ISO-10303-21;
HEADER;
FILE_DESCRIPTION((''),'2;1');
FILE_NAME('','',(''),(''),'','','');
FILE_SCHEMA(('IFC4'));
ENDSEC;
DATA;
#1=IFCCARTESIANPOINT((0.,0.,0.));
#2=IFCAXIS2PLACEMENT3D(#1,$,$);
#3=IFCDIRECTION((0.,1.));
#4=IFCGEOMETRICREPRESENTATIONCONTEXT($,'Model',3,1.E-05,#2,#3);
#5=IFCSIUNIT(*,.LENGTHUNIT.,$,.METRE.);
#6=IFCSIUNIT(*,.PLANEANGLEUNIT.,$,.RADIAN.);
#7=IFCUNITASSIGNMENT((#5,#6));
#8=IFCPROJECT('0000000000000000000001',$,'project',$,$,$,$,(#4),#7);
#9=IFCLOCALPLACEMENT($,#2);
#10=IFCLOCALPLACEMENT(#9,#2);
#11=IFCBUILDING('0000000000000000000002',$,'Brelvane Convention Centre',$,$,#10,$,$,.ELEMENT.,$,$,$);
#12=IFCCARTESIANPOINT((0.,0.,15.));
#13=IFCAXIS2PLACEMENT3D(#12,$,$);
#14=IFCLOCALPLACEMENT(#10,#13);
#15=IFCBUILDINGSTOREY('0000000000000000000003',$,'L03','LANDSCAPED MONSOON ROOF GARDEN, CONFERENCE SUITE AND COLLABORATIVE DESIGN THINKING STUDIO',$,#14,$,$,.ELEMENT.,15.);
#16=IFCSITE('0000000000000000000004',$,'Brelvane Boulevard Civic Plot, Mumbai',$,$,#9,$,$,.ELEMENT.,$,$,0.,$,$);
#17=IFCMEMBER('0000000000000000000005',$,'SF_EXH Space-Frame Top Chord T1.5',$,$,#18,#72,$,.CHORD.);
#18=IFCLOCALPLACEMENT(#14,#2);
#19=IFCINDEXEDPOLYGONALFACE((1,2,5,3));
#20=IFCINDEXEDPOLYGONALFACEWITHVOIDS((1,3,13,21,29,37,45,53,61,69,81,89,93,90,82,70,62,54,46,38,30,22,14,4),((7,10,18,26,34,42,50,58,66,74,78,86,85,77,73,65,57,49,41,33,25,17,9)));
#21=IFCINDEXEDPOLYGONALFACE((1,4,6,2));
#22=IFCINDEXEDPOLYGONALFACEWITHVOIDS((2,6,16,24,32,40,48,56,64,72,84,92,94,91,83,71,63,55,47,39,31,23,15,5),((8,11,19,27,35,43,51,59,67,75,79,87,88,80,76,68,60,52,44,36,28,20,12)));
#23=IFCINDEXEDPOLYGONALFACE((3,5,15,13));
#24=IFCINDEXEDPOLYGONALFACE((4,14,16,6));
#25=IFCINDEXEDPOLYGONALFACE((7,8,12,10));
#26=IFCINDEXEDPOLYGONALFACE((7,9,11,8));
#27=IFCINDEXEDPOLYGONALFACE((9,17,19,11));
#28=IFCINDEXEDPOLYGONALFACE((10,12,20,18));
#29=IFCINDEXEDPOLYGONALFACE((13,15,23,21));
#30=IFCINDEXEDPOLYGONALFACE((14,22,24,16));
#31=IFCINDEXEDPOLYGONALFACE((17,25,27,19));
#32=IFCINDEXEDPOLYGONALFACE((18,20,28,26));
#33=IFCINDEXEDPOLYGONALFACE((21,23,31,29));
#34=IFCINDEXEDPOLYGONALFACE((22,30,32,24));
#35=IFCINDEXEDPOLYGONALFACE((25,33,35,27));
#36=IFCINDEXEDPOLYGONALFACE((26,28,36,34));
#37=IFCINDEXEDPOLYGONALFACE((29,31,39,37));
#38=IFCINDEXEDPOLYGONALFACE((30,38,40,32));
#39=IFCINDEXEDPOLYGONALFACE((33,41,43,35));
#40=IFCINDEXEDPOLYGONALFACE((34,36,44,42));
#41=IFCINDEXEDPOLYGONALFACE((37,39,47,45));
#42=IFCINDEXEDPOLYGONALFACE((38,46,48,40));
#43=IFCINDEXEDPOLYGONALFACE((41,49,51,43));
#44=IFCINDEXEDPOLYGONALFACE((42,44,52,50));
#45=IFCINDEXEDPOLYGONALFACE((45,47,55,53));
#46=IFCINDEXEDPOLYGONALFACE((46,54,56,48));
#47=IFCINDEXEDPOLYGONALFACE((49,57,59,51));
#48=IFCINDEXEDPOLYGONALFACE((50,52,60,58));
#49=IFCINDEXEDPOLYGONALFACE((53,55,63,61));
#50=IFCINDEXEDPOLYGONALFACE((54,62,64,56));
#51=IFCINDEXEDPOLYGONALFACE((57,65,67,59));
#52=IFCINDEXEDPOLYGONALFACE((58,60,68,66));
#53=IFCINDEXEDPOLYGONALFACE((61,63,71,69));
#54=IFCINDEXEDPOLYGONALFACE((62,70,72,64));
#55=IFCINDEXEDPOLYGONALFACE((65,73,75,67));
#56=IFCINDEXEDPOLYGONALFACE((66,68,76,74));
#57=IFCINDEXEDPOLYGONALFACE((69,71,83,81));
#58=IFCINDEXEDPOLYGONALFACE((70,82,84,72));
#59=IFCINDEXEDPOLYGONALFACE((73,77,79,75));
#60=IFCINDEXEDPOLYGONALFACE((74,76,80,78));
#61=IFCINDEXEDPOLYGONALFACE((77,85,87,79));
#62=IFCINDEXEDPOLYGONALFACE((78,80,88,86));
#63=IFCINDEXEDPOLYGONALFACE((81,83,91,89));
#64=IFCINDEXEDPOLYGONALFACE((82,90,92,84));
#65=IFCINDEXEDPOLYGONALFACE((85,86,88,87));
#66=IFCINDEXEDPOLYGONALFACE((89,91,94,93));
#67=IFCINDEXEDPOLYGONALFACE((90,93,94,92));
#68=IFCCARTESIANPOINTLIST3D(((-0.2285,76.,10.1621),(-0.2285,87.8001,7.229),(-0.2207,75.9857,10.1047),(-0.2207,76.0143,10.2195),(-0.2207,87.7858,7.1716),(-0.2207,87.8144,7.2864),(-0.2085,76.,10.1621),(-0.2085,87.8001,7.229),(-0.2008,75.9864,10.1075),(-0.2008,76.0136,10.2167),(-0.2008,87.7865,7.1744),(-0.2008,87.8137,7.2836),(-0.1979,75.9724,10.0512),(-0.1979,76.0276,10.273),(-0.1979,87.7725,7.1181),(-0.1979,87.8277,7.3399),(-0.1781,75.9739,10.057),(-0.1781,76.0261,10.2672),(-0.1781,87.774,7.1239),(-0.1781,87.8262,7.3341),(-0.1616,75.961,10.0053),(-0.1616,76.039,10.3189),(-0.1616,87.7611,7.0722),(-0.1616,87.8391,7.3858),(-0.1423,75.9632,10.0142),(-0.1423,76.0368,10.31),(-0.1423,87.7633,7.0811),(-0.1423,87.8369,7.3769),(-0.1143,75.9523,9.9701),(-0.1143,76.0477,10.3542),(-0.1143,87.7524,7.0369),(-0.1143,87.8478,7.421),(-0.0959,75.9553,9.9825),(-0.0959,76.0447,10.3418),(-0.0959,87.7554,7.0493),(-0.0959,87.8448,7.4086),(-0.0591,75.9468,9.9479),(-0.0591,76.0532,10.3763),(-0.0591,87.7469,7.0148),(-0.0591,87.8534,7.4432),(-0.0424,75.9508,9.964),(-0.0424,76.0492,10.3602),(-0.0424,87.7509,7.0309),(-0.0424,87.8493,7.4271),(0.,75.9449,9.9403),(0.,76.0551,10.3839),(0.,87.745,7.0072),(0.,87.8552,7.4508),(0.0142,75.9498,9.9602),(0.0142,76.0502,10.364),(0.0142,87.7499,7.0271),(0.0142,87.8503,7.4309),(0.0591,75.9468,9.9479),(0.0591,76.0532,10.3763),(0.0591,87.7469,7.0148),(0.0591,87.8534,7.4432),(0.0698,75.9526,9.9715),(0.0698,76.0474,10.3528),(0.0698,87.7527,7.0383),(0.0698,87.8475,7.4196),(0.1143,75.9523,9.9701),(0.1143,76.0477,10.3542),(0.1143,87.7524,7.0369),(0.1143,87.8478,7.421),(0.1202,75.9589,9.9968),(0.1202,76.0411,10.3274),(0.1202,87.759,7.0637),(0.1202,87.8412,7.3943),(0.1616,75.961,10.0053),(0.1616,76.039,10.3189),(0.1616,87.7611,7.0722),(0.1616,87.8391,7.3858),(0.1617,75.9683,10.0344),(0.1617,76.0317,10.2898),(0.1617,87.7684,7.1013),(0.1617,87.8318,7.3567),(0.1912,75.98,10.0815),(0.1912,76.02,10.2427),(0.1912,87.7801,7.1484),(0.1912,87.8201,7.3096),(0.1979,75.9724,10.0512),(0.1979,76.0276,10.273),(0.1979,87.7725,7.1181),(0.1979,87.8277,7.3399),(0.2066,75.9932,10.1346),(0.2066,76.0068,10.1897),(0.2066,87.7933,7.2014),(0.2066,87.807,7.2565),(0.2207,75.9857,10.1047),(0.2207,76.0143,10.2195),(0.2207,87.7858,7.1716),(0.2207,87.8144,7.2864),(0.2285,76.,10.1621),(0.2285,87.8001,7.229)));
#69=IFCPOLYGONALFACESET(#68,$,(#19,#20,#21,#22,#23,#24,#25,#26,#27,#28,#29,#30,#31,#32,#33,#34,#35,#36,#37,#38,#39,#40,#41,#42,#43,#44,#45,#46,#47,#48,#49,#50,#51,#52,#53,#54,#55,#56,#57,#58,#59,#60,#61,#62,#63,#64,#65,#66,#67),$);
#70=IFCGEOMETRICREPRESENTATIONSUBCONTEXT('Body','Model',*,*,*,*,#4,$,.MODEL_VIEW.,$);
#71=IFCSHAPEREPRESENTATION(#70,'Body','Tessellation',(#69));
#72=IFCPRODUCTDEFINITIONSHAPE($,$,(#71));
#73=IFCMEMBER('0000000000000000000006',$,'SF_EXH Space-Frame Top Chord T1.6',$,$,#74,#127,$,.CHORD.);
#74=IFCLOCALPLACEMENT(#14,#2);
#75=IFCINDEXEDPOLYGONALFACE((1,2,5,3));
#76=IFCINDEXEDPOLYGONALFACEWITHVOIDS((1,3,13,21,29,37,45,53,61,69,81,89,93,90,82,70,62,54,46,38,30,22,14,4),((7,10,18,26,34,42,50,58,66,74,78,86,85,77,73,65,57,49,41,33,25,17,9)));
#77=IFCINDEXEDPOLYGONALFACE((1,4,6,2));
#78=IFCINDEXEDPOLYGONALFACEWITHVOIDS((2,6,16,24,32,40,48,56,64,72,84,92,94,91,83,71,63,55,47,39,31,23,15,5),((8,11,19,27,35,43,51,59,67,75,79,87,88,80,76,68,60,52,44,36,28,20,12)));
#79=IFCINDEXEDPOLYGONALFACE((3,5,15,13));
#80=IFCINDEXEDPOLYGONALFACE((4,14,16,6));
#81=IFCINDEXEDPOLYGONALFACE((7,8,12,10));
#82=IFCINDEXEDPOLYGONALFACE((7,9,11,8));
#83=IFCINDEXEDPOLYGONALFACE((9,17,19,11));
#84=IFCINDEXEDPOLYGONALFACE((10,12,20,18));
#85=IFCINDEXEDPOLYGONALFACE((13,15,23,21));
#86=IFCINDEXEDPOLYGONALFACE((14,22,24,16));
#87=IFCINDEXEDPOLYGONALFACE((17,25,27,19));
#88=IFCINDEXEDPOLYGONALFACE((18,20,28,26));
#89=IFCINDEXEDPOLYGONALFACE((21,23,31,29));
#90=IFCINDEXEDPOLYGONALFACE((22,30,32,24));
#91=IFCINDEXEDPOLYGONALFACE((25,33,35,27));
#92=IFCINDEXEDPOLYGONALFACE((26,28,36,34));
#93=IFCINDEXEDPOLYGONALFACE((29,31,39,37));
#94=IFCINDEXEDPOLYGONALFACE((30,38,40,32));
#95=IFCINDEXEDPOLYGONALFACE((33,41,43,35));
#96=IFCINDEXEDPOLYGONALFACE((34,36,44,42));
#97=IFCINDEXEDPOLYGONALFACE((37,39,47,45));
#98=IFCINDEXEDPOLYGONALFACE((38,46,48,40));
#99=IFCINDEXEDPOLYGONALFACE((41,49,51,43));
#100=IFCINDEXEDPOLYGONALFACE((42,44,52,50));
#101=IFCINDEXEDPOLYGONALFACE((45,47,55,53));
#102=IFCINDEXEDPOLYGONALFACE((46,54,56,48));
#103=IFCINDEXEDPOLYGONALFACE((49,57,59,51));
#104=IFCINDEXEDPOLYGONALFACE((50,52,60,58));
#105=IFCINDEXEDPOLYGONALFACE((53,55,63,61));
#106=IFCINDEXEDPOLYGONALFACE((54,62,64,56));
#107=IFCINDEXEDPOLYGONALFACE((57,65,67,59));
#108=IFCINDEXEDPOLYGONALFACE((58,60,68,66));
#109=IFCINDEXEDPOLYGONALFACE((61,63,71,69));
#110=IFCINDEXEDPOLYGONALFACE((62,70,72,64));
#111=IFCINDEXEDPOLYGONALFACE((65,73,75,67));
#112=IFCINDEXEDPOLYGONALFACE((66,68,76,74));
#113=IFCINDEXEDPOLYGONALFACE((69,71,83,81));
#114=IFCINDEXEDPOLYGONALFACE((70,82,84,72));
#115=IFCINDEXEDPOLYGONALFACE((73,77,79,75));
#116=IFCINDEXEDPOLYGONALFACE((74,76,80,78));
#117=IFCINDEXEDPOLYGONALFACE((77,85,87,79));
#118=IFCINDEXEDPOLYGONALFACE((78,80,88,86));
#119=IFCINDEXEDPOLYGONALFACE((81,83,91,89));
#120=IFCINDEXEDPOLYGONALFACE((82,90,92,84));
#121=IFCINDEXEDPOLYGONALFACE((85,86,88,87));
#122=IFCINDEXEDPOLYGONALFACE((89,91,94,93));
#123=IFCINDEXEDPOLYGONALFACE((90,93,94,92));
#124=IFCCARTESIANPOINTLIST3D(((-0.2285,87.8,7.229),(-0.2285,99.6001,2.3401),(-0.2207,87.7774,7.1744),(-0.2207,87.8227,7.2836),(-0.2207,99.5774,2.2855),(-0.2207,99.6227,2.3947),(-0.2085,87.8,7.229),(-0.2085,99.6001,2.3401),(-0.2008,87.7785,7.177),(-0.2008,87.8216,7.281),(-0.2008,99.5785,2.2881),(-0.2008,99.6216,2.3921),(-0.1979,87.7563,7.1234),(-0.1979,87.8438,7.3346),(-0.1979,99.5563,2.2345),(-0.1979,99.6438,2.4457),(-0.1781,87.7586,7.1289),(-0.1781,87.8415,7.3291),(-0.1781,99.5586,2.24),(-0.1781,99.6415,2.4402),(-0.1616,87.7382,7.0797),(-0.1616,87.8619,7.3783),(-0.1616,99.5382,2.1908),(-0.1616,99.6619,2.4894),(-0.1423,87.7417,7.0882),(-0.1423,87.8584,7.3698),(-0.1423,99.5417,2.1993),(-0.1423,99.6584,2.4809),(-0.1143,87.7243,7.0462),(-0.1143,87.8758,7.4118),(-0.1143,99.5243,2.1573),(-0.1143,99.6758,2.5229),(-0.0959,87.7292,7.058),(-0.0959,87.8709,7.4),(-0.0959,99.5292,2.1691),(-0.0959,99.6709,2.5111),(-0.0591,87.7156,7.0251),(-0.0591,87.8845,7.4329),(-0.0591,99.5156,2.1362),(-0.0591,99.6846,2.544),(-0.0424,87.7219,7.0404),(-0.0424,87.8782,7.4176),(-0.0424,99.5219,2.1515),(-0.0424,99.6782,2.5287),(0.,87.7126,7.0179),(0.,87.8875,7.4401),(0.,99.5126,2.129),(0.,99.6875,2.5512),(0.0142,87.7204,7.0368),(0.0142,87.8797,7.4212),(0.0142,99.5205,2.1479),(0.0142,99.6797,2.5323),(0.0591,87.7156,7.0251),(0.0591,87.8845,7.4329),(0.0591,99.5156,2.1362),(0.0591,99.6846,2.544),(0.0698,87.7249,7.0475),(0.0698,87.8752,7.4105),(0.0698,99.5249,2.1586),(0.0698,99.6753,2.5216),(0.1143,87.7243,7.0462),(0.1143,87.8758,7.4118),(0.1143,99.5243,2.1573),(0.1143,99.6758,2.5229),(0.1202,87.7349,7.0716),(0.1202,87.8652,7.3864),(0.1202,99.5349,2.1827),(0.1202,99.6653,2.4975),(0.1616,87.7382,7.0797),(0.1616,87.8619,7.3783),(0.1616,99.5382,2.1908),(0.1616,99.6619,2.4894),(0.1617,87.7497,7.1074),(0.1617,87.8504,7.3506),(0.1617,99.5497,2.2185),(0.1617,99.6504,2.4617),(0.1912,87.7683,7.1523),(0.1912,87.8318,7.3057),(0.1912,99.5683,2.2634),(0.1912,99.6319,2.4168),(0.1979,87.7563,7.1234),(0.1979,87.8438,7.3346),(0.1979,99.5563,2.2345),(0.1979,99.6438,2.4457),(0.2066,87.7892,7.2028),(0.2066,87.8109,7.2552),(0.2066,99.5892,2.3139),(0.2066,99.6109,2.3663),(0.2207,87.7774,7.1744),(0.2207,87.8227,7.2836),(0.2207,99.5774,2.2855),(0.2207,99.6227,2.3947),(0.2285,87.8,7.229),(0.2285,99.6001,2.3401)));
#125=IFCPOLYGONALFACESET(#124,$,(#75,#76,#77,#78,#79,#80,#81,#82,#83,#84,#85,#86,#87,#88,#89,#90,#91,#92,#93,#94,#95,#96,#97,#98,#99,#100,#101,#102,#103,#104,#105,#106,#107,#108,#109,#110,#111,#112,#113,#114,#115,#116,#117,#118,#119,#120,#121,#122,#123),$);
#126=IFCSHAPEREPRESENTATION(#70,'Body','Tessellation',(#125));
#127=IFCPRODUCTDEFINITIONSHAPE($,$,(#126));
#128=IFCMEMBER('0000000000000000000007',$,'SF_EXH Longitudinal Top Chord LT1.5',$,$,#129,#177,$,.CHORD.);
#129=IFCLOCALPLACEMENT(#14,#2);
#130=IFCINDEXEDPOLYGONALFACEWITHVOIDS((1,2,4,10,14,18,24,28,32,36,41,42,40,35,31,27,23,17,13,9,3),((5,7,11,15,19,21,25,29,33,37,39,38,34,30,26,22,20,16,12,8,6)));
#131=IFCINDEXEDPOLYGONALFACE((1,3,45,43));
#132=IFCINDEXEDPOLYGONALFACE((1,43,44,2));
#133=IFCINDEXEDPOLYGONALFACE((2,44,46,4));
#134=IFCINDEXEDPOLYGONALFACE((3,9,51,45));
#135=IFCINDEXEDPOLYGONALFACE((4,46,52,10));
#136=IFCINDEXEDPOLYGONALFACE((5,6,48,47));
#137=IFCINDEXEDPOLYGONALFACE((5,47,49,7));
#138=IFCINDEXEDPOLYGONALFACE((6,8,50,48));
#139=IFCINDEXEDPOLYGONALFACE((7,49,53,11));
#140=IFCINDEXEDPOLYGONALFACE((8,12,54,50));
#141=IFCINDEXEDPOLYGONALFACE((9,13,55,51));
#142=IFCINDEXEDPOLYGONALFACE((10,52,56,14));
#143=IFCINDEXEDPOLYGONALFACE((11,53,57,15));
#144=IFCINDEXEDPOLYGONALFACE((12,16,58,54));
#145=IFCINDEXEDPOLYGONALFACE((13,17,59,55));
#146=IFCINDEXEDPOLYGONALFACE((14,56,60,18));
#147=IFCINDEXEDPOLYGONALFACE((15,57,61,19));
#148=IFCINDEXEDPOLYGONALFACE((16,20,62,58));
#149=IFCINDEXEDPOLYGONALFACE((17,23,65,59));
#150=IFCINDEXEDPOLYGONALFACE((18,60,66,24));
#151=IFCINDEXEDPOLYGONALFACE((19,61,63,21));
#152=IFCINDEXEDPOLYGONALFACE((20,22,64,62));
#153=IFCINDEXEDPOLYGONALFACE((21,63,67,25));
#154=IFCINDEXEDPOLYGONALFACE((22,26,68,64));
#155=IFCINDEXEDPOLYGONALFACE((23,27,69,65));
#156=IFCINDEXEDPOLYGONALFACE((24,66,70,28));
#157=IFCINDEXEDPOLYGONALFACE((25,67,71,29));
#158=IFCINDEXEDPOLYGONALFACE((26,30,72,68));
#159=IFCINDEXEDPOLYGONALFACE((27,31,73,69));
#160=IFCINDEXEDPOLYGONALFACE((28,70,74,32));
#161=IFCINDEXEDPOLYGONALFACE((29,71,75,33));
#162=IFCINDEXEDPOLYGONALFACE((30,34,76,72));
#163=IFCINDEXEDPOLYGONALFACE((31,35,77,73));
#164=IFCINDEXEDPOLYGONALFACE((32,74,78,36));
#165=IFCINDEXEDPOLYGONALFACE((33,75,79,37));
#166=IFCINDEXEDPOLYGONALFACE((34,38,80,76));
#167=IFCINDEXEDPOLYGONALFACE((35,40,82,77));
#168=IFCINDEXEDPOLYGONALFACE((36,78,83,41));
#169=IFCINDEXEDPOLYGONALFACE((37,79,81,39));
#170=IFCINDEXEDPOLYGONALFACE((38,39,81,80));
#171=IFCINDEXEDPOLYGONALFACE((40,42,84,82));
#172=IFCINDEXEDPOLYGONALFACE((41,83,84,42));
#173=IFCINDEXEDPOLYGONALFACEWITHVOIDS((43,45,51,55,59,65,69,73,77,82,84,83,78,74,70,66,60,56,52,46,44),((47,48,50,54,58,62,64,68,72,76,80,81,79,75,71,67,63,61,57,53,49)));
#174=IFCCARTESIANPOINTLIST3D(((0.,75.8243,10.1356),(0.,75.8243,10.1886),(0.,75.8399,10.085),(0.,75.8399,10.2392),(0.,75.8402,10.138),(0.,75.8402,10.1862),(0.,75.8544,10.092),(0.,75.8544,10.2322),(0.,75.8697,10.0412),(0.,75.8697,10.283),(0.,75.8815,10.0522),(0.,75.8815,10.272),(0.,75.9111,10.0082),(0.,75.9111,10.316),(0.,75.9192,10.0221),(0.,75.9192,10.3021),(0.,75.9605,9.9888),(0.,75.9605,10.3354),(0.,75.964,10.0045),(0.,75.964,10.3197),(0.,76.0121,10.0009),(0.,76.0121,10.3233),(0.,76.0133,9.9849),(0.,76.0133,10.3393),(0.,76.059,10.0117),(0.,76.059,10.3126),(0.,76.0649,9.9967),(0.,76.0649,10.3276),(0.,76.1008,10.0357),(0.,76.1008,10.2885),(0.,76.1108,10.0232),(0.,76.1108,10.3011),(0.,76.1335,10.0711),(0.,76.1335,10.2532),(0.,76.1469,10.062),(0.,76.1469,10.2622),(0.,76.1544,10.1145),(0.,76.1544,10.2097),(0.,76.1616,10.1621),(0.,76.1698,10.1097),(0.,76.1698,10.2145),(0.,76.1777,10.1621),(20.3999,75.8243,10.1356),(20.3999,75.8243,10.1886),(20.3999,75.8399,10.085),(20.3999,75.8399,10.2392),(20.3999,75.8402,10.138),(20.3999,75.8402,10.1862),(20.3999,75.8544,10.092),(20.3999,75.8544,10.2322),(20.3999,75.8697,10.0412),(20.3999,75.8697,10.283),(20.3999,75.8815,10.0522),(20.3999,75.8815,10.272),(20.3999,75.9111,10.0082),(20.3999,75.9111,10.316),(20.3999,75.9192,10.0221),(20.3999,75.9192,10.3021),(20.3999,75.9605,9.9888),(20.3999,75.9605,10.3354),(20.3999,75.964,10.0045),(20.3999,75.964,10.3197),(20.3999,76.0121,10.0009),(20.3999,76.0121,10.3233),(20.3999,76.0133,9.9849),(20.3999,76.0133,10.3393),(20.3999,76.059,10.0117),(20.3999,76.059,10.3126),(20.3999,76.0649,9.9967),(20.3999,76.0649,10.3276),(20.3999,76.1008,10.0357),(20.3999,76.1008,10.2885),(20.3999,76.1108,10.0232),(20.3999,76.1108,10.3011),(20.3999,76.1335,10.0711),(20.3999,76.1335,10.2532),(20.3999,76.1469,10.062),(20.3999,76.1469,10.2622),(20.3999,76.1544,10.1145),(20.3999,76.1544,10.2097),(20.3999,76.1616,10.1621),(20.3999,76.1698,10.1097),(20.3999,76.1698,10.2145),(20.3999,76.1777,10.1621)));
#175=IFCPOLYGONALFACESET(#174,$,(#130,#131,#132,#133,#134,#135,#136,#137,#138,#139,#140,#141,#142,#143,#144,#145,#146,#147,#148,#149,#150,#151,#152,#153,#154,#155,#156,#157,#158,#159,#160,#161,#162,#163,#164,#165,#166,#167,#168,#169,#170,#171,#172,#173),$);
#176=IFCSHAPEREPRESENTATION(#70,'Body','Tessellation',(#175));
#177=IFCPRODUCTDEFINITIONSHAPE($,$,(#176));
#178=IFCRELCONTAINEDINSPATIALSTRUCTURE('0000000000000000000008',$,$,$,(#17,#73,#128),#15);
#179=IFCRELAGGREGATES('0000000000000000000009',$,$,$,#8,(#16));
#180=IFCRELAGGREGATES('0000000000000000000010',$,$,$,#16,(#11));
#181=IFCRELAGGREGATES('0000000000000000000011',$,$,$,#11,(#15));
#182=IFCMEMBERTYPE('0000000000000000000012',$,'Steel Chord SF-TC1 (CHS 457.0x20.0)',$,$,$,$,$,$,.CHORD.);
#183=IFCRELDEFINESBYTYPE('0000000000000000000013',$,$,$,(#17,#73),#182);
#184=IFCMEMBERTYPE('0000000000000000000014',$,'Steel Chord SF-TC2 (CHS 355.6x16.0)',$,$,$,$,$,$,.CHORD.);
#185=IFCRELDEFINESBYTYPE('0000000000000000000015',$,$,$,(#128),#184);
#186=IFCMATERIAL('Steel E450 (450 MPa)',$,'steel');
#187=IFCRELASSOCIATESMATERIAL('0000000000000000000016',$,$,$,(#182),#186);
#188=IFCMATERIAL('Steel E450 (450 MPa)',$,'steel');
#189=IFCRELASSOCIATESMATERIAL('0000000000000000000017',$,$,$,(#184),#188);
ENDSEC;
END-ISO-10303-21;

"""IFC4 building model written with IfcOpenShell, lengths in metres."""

from ifc_helpers import new_model, si_unit, direction, frame, origin, origin_2d, place, context, subcontext, project, spatial, hollow_circle, extrude, material, material_profile, profile_set, type_object, element, save


model = new_model("IFC4")

# Units and contexts
model_context = context("Model", 3, precision=1e-05, world=origin(), true_north=direction((0.0, 1.0)))
body_context = subcontext(model_context, "Body", "Model", "MODEL_VIEW")
ifc_project = project(units=[si_unit("LENGTHUNIT", "METRE"), si_unit("PLANEANGLEUNIT", "RADIAN")], contexts=[model_context])

# Site, building, storey
site_placement = place(None, origin())
site = spatial("IfcSite", under=ifc_project, at=site_placement, Name="Brelvane Boulevard Civic Plot, Mumbai", CompositionType="ELEMENT", RefElevation=0.0)
building_placement = place(site_placement, origin())
building = spatial("IfcBuilding", under=site, at=building_placement, Name="Brelvane Convention Centre", CompositionType="ELEMENT")
storey_placement = place(building_placement, frame((0.0, 0.0, 15.0)))
storey = spatial("IfcBuildingStorey", under=building, at=storey_placement, Name="L03", Description="LANDSCAPED MONSOON ROOF GARDEN, CONFERENCE SUITE AND COLLABORATIVE DESIGN THINKING STUDIO", CompositionType="ELEMENT", Elevation=15.0)

# Members
ifc_material_1 = material(Name="Steel E450 (450 MPa)", Category="steel")
ifc_material_profile_1 = material_profile(ifc_material_1, hollow_circle(Radius=0.2285, WallThickness=0.02, at=origin_2d()), Name="CHS 457.0x20.0")
ifc_profile_set_1 = profile_set([ifc_material_profile_1], Name="Steel E450 (450 MPa)")
member_type_1 = type_object("IfcMemberType", Name="Steel Chord SF-TC1 (CHS 457.0x20.0)", PredefinedType="CHORD", material=ifc_profile_set_1)
member_1_placement = place(storey_placement, frame((0.0, 76.0, 10.1621), z_axis=(0.0, 0.970469, -0.241227), x_axis=(-1.0, 0.0, 0.0)))
element("IfcMember", 1, at=member_1_placement, inside=storey, type_object=member_type_1, Name="SF_EXH Space-Frame Top Chord T1.5", PredefinedType="CHORD", context=body_context, shape_type="SweptSolid", body=[
    extrude(hollow_circle(Radius=0.2285, WallThickness=0.02, at=origin_2d()), origin(), (0.0, 0.0, 1.0), 12.1592),
])
member_2_placement = place(storey_placement, frame((0.0, 87.8, 7.229), z_axis=(0.0, 0.923847, -0.382762), x_axis=(-1.0, 0.0, 0.0)))
element("IfcMember", 2, at=member_2_placement, inside=storey, type_object=member_type_1, Name="SF_EXH Space-Frame Top Chord T1.6", PredefinedType="CHORD", context=body_context, shape_type="SweptSolid", body=[
    extrude(hollow_circle(Radius=0.2285, WallThickness=0.02, at=origin_2d()), origin(), (0.0, 0.0, 1.0), 12.7727),
])
ifc_material_2 = material(Name="Steel E450 (450 MPa)", Category="steel")
ifc_material_profile_2 = material_profile(ifc_material_2, hollow_circle(Radius=0.1777, WallThickness=0.0161, at=origin_2d()), Name="CHS 355.6x16.0")
ifc_profile_set_2 = profile_set([ifc_material_profile_2], Name="Steel E450 (450 MPa)")
member_type_2 = type_object("IfcMemberType", Name="Steel Chord SF-TC2 (CHS 355.6x16.0)", PredefinedType="CHORD", material=ifc_profile_set_2)
for number, where, z_axis, x_axis, name in (
    (3, (0.0, 76.0, 10.1621), (1.0, 0.0, 0.0), (0.0, 1.0, 0.0), "SF_EXH Longitudinal Top Chord LT1.5"),
):
    element("IfcMember", number, at=place(storey_placement, frame(where, z_axis=z_axis, x_axis=x_axis)), inside=storey, type_object=member_type_2, Name=name, PredefinedType="CHORD", context=body_context, shape_type="SweptSolid", body=[
        extrude(hollow_circle(Radius=0.1777, WallThickness=0.0161, at=origin_2d()), origin(), (0.0, 0.0, 1.0), 20.3999),
    ])

save(model, "model.ifc")
